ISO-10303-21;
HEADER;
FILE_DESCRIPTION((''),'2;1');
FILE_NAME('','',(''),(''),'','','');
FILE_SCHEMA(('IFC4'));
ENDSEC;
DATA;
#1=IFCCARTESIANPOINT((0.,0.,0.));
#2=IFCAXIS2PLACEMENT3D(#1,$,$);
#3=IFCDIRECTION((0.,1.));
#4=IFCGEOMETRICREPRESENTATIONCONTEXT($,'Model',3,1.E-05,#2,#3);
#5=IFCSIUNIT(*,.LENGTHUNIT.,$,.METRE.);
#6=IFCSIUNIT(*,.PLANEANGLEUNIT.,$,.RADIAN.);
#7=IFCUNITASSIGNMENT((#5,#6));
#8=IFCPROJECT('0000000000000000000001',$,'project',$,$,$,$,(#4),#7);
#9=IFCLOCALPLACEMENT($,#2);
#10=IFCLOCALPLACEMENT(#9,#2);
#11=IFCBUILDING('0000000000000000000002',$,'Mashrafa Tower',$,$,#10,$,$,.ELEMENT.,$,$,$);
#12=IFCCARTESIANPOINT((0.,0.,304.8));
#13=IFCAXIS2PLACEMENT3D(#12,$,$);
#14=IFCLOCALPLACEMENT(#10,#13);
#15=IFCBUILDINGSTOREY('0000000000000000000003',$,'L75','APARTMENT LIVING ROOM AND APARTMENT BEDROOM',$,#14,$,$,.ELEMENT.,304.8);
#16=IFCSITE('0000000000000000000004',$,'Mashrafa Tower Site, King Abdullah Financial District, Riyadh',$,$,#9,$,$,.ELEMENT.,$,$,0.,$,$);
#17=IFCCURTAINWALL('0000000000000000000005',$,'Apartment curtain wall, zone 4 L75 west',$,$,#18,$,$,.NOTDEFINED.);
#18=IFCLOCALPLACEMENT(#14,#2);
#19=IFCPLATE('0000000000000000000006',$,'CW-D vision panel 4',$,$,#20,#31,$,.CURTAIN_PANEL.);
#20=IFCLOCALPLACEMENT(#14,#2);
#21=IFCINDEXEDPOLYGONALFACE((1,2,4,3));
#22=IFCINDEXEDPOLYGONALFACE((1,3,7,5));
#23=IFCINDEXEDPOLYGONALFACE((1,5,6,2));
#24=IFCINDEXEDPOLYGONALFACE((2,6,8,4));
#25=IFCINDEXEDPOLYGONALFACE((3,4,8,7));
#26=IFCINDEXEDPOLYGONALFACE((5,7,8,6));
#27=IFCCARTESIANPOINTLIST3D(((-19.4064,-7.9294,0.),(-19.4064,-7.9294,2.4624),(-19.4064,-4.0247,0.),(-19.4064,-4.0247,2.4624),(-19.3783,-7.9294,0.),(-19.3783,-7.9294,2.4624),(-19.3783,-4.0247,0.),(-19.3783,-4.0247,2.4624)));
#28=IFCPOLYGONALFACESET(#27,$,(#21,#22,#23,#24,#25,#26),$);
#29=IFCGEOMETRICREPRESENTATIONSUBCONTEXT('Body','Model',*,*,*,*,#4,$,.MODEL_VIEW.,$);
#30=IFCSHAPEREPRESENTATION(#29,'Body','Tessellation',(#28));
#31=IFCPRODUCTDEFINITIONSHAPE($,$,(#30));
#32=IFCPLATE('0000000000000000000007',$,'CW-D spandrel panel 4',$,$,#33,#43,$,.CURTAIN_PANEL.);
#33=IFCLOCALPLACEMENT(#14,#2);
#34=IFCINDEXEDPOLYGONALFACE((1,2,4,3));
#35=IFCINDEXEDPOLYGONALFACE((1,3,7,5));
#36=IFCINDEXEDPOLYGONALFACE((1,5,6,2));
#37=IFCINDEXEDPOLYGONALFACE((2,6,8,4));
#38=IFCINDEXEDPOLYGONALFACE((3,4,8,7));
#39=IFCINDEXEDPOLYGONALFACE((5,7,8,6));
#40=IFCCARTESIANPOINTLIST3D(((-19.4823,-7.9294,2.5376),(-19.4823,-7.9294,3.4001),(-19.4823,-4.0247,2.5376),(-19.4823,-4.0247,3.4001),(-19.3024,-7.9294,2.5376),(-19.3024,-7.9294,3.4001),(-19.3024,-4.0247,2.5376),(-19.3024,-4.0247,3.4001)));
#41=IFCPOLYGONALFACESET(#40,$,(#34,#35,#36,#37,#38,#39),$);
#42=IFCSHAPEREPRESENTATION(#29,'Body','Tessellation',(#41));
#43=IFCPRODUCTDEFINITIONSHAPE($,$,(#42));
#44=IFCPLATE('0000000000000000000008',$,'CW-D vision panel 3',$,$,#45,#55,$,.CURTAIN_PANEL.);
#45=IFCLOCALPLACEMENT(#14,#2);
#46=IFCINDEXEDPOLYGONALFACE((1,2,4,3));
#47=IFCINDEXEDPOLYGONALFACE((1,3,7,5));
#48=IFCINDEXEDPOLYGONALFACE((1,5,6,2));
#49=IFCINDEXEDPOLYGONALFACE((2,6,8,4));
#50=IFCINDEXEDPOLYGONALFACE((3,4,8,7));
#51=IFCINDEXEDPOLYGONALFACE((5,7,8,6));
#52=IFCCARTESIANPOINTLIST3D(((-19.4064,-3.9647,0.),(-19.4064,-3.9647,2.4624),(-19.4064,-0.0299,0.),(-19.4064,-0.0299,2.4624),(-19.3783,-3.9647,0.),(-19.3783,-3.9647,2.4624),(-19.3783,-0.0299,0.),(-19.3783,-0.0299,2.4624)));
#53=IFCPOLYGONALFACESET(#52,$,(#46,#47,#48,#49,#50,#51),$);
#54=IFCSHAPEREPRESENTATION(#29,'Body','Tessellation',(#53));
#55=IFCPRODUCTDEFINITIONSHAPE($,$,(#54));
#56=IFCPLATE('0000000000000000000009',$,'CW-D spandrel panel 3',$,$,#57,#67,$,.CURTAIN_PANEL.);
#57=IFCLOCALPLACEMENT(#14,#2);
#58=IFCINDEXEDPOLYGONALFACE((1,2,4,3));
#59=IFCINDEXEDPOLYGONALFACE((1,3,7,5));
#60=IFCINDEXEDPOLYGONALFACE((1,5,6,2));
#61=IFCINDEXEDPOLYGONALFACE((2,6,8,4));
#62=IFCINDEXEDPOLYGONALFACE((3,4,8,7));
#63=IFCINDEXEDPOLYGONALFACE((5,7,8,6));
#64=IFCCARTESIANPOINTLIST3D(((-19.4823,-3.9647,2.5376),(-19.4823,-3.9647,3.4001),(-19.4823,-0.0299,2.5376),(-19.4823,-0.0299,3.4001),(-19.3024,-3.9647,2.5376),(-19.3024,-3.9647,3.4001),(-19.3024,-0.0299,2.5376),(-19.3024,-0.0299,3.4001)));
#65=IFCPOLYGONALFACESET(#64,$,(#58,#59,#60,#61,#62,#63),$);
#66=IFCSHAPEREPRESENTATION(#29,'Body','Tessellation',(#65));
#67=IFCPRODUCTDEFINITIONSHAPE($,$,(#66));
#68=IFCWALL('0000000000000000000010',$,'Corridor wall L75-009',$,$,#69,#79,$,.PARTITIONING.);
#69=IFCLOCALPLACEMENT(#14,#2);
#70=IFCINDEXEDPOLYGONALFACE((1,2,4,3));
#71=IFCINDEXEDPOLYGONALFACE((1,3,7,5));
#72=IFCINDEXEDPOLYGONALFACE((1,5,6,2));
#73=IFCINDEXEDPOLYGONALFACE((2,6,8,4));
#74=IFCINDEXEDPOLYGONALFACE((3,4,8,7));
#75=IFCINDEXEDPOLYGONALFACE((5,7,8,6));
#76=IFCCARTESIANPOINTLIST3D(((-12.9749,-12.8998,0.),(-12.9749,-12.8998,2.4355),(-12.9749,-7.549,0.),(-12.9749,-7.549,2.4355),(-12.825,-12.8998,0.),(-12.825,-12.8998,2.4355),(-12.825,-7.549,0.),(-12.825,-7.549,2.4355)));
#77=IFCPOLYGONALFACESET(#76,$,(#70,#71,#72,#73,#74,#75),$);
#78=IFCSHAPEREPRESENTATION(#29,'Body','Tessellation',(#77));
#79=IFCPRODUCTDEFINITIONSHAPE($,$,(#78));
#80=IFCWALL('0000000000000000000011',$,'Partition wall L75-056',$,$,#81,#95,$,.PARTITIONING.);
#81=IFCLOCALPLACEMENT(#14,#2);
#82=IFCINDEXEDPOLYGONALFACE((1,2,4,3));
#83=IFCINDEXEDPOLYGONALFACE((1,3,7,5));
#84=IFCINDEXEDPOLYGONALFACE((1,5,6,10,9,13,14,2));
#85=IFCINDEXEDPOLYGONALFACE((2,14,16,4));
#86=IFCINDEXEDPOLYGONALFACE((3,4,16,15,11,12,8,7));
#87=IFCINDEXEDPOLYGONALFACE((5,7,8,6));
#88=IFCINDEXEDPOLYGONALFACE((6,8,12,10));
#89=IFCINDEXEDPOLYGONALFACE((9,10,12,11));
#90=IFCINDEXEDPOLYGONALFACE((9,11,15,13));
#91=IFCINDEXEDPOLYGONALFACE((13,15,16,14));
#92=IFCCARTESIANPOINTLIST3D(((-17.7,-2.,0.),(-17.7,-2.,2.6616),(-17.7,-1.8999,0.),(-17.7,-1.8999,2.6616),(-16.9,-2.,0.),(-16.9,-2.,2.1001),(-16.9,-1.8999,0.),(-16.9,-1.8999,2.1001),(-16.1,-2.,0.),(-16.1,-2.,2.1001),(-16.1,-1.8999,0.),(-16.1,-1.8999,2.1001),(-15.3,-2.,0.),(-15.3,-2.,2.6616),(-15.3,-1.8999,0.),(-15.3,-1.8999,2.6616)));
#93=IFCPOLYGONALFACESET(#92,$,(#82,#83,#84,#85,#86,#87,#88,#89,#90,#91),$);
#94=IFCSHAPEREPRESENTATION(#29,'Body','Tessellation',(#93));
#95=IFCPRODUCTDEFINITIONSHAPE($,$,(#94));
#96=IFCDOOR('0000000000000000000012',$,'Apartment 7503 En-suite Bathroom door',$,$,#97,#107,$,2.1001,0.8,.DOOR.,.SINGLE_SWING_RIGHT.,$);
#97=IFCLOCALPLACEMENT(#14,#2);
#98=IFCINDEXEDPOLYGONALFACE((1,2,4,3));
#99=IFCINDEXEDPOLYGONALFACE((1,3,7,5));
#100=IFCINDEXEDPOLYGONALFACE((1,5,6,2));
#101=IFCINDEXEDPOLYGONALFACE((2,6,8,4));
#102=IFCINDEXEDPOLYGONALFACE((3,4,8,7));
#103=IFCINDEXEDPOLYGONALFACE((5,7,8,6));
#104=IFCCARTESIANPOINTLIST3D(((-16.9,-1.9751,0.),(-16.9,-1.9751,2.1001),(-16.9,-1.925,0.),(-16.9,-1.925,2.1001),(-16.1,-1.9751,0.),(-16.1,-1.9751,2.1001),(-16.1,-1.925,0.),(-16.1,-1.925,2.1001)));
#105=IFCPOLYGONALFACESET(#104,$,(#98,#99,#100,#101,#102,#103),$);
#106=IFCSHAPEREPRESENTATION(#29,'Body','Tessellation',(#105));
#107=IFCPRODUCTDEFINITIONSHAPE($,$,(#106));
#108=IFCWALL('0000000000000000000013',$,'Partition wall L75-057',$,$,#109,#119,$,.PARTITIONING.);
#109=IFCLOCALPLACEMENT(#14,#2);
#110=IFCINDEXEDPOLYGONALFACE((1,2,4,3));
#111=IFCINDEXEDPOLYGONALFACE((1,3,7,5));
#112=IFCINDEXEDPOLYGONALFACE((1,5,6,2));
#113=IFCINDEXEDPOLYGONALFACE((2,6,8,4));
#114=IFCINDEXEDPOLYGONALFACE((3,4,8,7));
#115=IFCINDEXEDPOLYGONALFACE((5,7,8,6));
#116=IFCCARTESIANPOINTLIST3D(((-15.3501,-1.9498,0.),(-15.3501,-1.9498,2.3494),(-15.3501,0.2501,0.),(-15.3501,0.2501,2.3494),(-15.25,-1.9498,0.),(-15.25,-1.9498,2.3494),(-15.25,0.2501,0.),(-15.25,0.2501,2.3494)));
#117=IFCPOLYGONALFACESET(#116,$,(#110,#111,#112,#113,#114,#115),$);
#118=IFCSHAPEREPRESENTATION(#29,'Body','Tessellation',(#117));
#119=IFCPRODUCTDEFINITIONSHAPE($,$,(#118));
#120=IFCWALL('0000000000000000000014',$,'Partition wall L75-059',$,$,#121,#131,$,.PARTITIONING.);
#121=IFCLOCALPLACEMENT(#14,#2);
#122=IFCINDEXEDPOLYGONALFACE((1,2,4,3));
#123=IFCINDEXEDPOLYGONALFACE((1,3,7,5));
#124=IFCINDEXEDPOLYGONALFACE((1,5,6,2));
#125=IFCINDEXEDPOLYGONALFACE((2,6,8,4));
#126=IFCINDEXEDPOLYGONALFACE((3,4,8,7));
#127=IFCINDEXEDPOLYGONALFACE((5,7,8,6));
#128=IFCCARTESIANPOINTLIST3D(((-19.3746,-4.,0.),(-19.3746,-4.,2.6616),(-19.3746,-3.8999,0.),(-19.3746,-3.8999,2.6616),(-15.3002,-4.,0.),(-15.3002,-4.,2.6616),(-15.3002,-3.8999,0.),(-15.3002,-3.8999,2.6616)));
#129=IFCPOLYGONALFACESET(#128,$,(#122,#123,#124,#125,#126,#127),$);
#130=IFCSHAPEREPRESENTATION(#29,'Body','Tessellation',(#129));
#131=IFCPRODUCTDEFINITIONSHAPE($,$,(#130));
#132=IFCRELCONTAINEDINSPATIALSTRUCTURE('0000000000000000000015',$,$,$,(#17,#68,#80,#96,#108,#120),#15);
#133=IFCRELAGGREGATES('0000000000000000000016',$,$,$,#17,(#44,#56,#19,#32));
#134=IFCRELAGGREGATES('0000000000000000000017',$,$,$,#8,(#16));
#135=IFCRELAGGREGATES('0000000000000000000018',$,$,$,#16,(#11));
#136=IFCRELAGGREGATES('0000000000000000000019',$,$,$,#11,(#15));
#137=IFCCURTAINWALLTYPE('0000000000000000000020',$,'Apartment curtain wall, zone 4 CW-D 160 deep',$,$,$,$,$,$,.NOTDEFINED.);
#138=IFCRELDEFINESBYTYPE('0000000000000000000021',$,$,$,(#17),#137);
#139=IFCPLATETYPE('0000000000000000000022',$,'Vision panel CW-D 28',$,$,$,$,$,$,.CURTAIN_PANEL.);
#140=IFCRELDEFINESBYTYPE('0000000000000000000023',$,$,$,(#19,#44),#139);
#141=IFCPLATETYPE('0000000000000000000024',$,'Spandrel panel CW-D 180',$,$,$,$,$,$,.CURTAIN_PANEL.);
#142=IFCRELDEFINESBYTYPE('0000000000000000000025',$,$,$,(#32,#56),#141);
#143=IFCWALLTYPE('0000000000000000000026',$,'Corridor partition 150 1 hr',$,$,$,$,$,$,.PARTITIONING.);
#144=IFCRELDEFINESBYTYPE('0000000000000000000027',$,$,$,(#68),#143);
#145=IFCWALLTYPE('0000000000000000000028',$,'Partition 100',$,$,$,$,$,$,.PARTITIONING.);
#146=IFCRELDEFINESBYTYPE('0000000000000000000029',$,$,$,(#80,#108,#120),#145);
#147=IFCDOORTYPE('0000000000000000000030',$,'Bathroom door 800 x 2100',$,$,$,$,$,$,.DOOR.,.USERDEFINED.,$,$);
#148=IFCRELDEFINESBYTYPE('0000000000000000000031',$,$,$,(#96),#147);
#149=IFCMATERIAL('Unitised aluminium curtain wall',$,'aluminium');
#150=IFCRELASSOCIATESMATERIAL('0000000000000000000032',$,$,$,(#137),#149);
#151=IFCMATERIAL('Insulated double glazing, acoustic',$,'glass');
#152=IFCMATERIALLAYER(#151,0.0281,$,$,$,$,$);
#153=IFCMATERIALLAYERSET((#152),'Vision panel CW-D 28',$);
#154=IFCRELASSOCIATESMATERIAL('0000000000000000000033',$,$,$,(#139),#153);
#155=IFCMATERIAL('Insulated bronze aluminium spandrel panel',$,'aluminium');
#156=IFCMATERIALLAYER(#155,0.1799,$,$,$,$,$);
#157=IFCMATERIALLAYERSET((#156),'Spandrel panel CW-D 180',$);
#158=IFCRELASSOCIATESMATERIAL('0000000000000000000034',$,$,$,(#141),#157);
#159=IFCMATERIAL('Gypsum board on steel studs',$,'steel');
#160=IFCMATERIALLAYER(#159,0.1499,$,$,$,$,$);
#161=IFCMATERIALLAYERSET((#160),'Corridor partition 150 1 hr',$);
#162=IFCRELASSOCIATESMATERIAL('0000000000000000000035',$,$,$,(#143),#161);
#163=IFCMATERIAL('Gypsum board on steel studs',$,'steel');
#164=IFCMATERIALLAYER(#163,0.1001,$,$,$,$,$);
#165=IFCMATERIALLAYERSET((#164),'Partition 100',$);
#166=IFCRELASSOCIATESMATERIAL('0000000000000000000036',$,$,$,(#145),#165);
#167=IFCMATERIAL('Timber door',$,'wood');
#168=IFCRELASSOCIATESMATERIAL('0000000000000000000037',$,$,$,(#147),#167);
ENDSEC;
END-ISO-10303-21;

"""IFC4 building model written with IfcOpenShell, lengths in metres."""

from ifc_helpers import new_model, si_unit, direction, frame, frame_2d, origin, origin_2d, place, context, subcontext, project, spatial, rectangle, extrude, source, transform, mapped, material, layer, layer_set, type_object, type_shapes, element, fill, aggregate, save


model = new_model("IFC4")

# Units and contexts
model_context = context("Model", 3, precision=1e-05, world=origin(), true_north=direction((0.0, 1.0)))
body_context = subcontext(model_context, "Body", "Model", "MODEL_VIEW")
ifc_project = project(units=[si_unit("LENGTHUNIT", "METRE"), si_unit("PLANEANGLEUNIT", "RADIAN")], contexts=[model_context])

# Site, building, storey
site_placement = place(None, origin())
site = spatial("IfcSite", under=ifc_project, at=site_placement, Name="Mashrafa Tower Site, King Abdullah Financial District, Riyadh", CompositionType="ELEMENT", RefElevation=0.0)
building_placement = place(site_placement, origin())
building = spatial("IfcBuilding", under=site, at=building_placement, Name="Mashrafa Tower", CompositionType="ELEMENT")
storey_placement = place(building_placement, frame((0.0, 0.0, 304.8)))
storey = spatial("IfcBuildingStorey", under=building, at=storey_placement, Name="L75", Description="APARTMENT LIVING ROOM AND APARTMENT BEDROOM", CompositionType="ELEMENT", Elevation=304.8)

# Curtain wall, plates
ifc_material_1 = material(Name="Unitised aluminium curtain wall", Category="aluminium")
curtain_wall_type = type_object("IfcCurtainWallType", Name="Apartment curtain wall, zone 4 CW-D 160 deep", PredefinedType="NOTDEFINED", material=ifc_material_1)
curtain_wall_placement = place(storey_placement, origin())
curtain_wall = element("IfcCurtainWall", 1, at=curtain_wall_placement, inside=storey, type_object=curtain_wall_type, Name="Apartment curtain wall, zone 4 L75 west", PredefinedType="NOTDEFINED")
ifc_material_2 = material(Name="Insulated double glazing, acoustic", Category="glass")
ifc_layer_1 = layer(ifc_material_2, 0.0281)
ifc_layer_set_1 = layer_set([ifc_layer_1], Name="Vision panel CW-D 28")
plate_type_1 = type_object("IfcPlateType", Name="Vision panel CW-D 28", PredefinedType="CURTAIN_PANEL", material=ifc_layer_set_1)
shared_shape_1 = source(origin(), body_context, "Body", "SweptSolid", [
    extrude(rectangle(XDim=3.9048, YDim=0.0281, at=origin_2d()), origin(), (0.0, 0.0, 1.0), 2.4624),
])
plate_1_placement = place(storey_placement, frame((-19.3923, -5.9771, 0.0), z_axis=(0.0, 0.0, 1.0), x_axis=(0.0, -1.0, 0.0)))
plate_1 = element("IfcPlate", 2, at=plate_1_placement, type_object=plate_type_1, Name="CW-D vision panel 4", PredefinedType="CURTAIN_PANEL", context=body_context, shape_type="MappedRepresentation", body=[
    mapped(shared_shape_1, transform((0.0, 0.0, 0.0))),
])
ifc_material_3 = material(Name="Insulated bronze aluminium spandrel panel", Category="aluminium")
ifc_layer_2 = layer(ifc_material_3, 0.1799)
ifc_layer_set_2 = layer_set([ifc_layer_2], Name="Spandrel panel CW-D 180")
plate_type_2 = type_object("IfcPlateType", Name="Spandrel panel CW-D 180", PredefinedType="CURTAIN_PANEL", material=ifc_layer_set_2)
shared_shape_2 = source(origin(), body_context, "Body", "SweptSolid", [
    extrude(rectangle(XDim=3.9048, YDim=0.1799, at=origin_2d()), origin(), (0.0, 0.0, 1.0), 0.8625),
])
plate_2_placement = place(storey_placement, frame((-19.3923, -5.9771, 2.5376), z_axis=(0.0, 0.0, 1.0), x_axis=(0.0, -1.0, 0.0)))
plate_2 = element("IfcPlate", 3, at=plate_2_placement, type_object=plate_type_2, Name="CW-D spandrel panel 4", PredefinedType="CURTAIN_PANEL", context=body_context, shape_type="MappedRepresentation", body=[
    mapped(shared_shape_2, transform((0.0, 0.0, 0.0))),
])
shared_shape_3 = source(origin(), body_context, "Body", "SweptSolid", [
    extrude(rectangle(XDim=3.9348, YDim=0.0281, at=origin_2d()), origin(), (0.0, 0.0, 1.0), 2.4624),
])
type_shapes(plate_type_1, [shared_shape_1, shared_shape_3])
plate_3_placement = place(storey_placement, frame((-19.3923, -1.9973, 0.0), z_axis=(0.0, 0.0, 1.0), x_axis=(0.0, -1.0, 0.0)))
plate_3 = element("IfcPlate", 4, at=plate_3_placement, type_object=plate_type_1, Name="CW-D vision panel 3", PredefinedType="CURTAIN_PANEL", context=body_context, shape_type="MappedRepresentation", body=[
    mapped(shared_shape_3, transform((0.0, 0.0, 0.0))),
])
shared_shape_4 = source(origin(), body_context, "Body", "SweptSolid", [
    extrude(rectangle(XDim=3.9348, YDim=0.1799, at=origin_2d()), origin(), (0.0, 0.0, 1.0), 0.8625),
])
type_shapes(plate_type_2, [shared_shape_2, shared_shape_4])
plate_4_placement = place(storey_placement, frame((-19.3923, -1.9973, 2.5376), z_axis=(0.0, 0.0, 1.0), x_axis=(0.0, -1.0, 0.0)))
plate_4 = element("IfcPlate", 5, at=plate_4_placement, type_object=plate_type_2, Name="CW-D spandrel panel 3", PredefinedType="CURTAIN_PANEL", context=body_context, shape_type="MappedRepresentation", body=[
    mapped(shared_shape_4, transform((0.0, 0.0, 0.0))),
])
aggregate(curtain_wall, [plate_3, plate_4, plate_1, plate_2])

# Wall
ifc_material_4 = material(Name="Gypsum board on steel studs", Category="steel")
ifc_layer_3 = layer(ifc_material_4, 0.1499)
ifc_layer_set_3 = layer_set([ifc_layer_3], Name="Corridor partition 150 1 hr")
wall_type_1 = type_object("IfcWallType", Name="Corridor partition 150 1 hr", PredefinedType="PARTITIONING", material=ifc_layer_set_3)
wall_1_placement = place(storey_placement, frame((-12.8999, -7.5491, 0.0), z_axis=(0.0, 0.0, 1.0), x_axis=(0.0, -1.0, 0.0)))
element("IfcWall", 6, at=wall_1_placement, inside=storey, type_object=wall_type_1, Name="Corridor wall L75-009", PredefinedType="PARTITIONING", context=body_context, shape_type="SweptSolid", body=[
    extrude(rectangle(XDim=5.3508, YDim=0.1499, at=frame_2d((2.6753, 0.0))), origin(), (0.0, 0.0, 1.0), 2.4355),
])

# Wall, opening, door
ifc_material_5 = material(Name="Gypsum board on steel studs", Category="steel")
ifc_layer_4 = layer(ifc_material_5, 0.1001)
ifc_layer_set_4 = layer_set([ifc_layer_4], Name="Partition 100")
wall_type_2 = type_object("IfcWallType", Name="Partition 100", PredefinedType="PARTITIONING", material=ifc_layer_set_4)
wall_2_placement = place(storey_placement, frame((-17.7, -1.95, 0.0), z_axis=(0.0, 0.0, 1.0), x_axis=(1.0, 0.0, 0.0)))
wall_2 = element("IfcWall", 7, at=wall_2_placement, inside=storey, type_object=wall_type_2, Name="Partition wall L75-056", PredefinedType="PARTITIONING", context=body_context, shape_type="SweptSolid", body=[
    extrude(rectangle(XDim=2.3999, YDim=0.1001, at=frame_2d((1.2, 0.0))), origin(), (0.0, 0.0, 1.0), 2.6616),
])
opening_1_placement = place(wall_2_placement, frame((0.8, 0.0, 0.0)))
opening_1 = element("IfcOpeningElement", 8, at=opening_1_placement, cuts=wall_2, PredefinedType="OPENING", context=body_context, shape_type="SweptSolid", body=[
    extrude(rectangle(XDim=0.8, YDim=2.1001, at=frame_2d((0.3999, 1.05))), frame((0.0, 0.0601, 0.0), z_axis=(0.0, -1.0, 0.0), x_axis=(1.0, 0.0, 0.0)), (0.0, 0.0, 1.0), 0.1201),
])
ifc_material_6 = material(Name="Timber door", Category="wood")
door_type_1 = type_object("IfcDoorType", Name="Bathroom door 800 x 2100", OperationType="USERDEFINED", PredefinedType="DOOR", material=ifc_material_6)
door_1_placement = place(opening_1_placement, origin())
door_1 = element("IfcDoor", 9, at=door_1_placement, inside=storey, type_object=door_type_1, Name="Apartment 7503 En-suite Bathroom door", OperationType="SINGLE_SWING_RIGHT", OverallHeight=2.1001, OverallWidth=0.8, PredefinedType="DOOR", context=body_context, shape_type="SweptSolid", body=[
    extrude(rectangle(XDim=0.8, YDim=2.1001, at=frame_2d((0.3999, 1.05))), frame((0.0, 0.0249, 0.0), z_axis=(0.0, -1.0, 0.0), x_axis=(1.0, 0.0, 0.0)), (0.0, 0.0, 1.0), 0.05),
])
fill(opening_1, door_1)

# Walls
wall_3_placement = place(storey_placement, frame((-15.3, -1.95, 0.0), z_axis=(0.0, 0.0, 1.0), x_axis=(0.0, 1.0, 0.0)))
element("IfcWall", 10, at=wall_3_placement, inside=storey, type_object=wall_type_2, Name="Partition wall L75-057", PredefinedType="PARTITIONING", context=body_context, shape_type="SweptSolid", body=[
    extrude(rectangle(XDim=2.2, YDim=0.1001, at=frame_2d((1.1001, 0.0))), origin(), (0.0, 0.0, 1.0), 2.3494),
])
wall_4_placement = place(storey_placement, frame((-19.3745, -3.95, 0.0), z_axis=(0.0, 0.0, 1.0), x_axis=(1.0, 0.0, 0.0)))
element("IfcWall", 11, at=wall_4_placement, inside=storey, type_object=wall_type_2, Name="Partition wall L75-059", PredefinedType="PARTITIONING", context=body_context, shape_type="SweptSolid", body=[
    extrude(rectangle(XDim=4.0745, YDim=0.1001, at=frame_2d((2.0371, 0.0))), origin(), (0.0, 0.0, 1.0), 2.6616),
])

save(model, "model.ifc")
